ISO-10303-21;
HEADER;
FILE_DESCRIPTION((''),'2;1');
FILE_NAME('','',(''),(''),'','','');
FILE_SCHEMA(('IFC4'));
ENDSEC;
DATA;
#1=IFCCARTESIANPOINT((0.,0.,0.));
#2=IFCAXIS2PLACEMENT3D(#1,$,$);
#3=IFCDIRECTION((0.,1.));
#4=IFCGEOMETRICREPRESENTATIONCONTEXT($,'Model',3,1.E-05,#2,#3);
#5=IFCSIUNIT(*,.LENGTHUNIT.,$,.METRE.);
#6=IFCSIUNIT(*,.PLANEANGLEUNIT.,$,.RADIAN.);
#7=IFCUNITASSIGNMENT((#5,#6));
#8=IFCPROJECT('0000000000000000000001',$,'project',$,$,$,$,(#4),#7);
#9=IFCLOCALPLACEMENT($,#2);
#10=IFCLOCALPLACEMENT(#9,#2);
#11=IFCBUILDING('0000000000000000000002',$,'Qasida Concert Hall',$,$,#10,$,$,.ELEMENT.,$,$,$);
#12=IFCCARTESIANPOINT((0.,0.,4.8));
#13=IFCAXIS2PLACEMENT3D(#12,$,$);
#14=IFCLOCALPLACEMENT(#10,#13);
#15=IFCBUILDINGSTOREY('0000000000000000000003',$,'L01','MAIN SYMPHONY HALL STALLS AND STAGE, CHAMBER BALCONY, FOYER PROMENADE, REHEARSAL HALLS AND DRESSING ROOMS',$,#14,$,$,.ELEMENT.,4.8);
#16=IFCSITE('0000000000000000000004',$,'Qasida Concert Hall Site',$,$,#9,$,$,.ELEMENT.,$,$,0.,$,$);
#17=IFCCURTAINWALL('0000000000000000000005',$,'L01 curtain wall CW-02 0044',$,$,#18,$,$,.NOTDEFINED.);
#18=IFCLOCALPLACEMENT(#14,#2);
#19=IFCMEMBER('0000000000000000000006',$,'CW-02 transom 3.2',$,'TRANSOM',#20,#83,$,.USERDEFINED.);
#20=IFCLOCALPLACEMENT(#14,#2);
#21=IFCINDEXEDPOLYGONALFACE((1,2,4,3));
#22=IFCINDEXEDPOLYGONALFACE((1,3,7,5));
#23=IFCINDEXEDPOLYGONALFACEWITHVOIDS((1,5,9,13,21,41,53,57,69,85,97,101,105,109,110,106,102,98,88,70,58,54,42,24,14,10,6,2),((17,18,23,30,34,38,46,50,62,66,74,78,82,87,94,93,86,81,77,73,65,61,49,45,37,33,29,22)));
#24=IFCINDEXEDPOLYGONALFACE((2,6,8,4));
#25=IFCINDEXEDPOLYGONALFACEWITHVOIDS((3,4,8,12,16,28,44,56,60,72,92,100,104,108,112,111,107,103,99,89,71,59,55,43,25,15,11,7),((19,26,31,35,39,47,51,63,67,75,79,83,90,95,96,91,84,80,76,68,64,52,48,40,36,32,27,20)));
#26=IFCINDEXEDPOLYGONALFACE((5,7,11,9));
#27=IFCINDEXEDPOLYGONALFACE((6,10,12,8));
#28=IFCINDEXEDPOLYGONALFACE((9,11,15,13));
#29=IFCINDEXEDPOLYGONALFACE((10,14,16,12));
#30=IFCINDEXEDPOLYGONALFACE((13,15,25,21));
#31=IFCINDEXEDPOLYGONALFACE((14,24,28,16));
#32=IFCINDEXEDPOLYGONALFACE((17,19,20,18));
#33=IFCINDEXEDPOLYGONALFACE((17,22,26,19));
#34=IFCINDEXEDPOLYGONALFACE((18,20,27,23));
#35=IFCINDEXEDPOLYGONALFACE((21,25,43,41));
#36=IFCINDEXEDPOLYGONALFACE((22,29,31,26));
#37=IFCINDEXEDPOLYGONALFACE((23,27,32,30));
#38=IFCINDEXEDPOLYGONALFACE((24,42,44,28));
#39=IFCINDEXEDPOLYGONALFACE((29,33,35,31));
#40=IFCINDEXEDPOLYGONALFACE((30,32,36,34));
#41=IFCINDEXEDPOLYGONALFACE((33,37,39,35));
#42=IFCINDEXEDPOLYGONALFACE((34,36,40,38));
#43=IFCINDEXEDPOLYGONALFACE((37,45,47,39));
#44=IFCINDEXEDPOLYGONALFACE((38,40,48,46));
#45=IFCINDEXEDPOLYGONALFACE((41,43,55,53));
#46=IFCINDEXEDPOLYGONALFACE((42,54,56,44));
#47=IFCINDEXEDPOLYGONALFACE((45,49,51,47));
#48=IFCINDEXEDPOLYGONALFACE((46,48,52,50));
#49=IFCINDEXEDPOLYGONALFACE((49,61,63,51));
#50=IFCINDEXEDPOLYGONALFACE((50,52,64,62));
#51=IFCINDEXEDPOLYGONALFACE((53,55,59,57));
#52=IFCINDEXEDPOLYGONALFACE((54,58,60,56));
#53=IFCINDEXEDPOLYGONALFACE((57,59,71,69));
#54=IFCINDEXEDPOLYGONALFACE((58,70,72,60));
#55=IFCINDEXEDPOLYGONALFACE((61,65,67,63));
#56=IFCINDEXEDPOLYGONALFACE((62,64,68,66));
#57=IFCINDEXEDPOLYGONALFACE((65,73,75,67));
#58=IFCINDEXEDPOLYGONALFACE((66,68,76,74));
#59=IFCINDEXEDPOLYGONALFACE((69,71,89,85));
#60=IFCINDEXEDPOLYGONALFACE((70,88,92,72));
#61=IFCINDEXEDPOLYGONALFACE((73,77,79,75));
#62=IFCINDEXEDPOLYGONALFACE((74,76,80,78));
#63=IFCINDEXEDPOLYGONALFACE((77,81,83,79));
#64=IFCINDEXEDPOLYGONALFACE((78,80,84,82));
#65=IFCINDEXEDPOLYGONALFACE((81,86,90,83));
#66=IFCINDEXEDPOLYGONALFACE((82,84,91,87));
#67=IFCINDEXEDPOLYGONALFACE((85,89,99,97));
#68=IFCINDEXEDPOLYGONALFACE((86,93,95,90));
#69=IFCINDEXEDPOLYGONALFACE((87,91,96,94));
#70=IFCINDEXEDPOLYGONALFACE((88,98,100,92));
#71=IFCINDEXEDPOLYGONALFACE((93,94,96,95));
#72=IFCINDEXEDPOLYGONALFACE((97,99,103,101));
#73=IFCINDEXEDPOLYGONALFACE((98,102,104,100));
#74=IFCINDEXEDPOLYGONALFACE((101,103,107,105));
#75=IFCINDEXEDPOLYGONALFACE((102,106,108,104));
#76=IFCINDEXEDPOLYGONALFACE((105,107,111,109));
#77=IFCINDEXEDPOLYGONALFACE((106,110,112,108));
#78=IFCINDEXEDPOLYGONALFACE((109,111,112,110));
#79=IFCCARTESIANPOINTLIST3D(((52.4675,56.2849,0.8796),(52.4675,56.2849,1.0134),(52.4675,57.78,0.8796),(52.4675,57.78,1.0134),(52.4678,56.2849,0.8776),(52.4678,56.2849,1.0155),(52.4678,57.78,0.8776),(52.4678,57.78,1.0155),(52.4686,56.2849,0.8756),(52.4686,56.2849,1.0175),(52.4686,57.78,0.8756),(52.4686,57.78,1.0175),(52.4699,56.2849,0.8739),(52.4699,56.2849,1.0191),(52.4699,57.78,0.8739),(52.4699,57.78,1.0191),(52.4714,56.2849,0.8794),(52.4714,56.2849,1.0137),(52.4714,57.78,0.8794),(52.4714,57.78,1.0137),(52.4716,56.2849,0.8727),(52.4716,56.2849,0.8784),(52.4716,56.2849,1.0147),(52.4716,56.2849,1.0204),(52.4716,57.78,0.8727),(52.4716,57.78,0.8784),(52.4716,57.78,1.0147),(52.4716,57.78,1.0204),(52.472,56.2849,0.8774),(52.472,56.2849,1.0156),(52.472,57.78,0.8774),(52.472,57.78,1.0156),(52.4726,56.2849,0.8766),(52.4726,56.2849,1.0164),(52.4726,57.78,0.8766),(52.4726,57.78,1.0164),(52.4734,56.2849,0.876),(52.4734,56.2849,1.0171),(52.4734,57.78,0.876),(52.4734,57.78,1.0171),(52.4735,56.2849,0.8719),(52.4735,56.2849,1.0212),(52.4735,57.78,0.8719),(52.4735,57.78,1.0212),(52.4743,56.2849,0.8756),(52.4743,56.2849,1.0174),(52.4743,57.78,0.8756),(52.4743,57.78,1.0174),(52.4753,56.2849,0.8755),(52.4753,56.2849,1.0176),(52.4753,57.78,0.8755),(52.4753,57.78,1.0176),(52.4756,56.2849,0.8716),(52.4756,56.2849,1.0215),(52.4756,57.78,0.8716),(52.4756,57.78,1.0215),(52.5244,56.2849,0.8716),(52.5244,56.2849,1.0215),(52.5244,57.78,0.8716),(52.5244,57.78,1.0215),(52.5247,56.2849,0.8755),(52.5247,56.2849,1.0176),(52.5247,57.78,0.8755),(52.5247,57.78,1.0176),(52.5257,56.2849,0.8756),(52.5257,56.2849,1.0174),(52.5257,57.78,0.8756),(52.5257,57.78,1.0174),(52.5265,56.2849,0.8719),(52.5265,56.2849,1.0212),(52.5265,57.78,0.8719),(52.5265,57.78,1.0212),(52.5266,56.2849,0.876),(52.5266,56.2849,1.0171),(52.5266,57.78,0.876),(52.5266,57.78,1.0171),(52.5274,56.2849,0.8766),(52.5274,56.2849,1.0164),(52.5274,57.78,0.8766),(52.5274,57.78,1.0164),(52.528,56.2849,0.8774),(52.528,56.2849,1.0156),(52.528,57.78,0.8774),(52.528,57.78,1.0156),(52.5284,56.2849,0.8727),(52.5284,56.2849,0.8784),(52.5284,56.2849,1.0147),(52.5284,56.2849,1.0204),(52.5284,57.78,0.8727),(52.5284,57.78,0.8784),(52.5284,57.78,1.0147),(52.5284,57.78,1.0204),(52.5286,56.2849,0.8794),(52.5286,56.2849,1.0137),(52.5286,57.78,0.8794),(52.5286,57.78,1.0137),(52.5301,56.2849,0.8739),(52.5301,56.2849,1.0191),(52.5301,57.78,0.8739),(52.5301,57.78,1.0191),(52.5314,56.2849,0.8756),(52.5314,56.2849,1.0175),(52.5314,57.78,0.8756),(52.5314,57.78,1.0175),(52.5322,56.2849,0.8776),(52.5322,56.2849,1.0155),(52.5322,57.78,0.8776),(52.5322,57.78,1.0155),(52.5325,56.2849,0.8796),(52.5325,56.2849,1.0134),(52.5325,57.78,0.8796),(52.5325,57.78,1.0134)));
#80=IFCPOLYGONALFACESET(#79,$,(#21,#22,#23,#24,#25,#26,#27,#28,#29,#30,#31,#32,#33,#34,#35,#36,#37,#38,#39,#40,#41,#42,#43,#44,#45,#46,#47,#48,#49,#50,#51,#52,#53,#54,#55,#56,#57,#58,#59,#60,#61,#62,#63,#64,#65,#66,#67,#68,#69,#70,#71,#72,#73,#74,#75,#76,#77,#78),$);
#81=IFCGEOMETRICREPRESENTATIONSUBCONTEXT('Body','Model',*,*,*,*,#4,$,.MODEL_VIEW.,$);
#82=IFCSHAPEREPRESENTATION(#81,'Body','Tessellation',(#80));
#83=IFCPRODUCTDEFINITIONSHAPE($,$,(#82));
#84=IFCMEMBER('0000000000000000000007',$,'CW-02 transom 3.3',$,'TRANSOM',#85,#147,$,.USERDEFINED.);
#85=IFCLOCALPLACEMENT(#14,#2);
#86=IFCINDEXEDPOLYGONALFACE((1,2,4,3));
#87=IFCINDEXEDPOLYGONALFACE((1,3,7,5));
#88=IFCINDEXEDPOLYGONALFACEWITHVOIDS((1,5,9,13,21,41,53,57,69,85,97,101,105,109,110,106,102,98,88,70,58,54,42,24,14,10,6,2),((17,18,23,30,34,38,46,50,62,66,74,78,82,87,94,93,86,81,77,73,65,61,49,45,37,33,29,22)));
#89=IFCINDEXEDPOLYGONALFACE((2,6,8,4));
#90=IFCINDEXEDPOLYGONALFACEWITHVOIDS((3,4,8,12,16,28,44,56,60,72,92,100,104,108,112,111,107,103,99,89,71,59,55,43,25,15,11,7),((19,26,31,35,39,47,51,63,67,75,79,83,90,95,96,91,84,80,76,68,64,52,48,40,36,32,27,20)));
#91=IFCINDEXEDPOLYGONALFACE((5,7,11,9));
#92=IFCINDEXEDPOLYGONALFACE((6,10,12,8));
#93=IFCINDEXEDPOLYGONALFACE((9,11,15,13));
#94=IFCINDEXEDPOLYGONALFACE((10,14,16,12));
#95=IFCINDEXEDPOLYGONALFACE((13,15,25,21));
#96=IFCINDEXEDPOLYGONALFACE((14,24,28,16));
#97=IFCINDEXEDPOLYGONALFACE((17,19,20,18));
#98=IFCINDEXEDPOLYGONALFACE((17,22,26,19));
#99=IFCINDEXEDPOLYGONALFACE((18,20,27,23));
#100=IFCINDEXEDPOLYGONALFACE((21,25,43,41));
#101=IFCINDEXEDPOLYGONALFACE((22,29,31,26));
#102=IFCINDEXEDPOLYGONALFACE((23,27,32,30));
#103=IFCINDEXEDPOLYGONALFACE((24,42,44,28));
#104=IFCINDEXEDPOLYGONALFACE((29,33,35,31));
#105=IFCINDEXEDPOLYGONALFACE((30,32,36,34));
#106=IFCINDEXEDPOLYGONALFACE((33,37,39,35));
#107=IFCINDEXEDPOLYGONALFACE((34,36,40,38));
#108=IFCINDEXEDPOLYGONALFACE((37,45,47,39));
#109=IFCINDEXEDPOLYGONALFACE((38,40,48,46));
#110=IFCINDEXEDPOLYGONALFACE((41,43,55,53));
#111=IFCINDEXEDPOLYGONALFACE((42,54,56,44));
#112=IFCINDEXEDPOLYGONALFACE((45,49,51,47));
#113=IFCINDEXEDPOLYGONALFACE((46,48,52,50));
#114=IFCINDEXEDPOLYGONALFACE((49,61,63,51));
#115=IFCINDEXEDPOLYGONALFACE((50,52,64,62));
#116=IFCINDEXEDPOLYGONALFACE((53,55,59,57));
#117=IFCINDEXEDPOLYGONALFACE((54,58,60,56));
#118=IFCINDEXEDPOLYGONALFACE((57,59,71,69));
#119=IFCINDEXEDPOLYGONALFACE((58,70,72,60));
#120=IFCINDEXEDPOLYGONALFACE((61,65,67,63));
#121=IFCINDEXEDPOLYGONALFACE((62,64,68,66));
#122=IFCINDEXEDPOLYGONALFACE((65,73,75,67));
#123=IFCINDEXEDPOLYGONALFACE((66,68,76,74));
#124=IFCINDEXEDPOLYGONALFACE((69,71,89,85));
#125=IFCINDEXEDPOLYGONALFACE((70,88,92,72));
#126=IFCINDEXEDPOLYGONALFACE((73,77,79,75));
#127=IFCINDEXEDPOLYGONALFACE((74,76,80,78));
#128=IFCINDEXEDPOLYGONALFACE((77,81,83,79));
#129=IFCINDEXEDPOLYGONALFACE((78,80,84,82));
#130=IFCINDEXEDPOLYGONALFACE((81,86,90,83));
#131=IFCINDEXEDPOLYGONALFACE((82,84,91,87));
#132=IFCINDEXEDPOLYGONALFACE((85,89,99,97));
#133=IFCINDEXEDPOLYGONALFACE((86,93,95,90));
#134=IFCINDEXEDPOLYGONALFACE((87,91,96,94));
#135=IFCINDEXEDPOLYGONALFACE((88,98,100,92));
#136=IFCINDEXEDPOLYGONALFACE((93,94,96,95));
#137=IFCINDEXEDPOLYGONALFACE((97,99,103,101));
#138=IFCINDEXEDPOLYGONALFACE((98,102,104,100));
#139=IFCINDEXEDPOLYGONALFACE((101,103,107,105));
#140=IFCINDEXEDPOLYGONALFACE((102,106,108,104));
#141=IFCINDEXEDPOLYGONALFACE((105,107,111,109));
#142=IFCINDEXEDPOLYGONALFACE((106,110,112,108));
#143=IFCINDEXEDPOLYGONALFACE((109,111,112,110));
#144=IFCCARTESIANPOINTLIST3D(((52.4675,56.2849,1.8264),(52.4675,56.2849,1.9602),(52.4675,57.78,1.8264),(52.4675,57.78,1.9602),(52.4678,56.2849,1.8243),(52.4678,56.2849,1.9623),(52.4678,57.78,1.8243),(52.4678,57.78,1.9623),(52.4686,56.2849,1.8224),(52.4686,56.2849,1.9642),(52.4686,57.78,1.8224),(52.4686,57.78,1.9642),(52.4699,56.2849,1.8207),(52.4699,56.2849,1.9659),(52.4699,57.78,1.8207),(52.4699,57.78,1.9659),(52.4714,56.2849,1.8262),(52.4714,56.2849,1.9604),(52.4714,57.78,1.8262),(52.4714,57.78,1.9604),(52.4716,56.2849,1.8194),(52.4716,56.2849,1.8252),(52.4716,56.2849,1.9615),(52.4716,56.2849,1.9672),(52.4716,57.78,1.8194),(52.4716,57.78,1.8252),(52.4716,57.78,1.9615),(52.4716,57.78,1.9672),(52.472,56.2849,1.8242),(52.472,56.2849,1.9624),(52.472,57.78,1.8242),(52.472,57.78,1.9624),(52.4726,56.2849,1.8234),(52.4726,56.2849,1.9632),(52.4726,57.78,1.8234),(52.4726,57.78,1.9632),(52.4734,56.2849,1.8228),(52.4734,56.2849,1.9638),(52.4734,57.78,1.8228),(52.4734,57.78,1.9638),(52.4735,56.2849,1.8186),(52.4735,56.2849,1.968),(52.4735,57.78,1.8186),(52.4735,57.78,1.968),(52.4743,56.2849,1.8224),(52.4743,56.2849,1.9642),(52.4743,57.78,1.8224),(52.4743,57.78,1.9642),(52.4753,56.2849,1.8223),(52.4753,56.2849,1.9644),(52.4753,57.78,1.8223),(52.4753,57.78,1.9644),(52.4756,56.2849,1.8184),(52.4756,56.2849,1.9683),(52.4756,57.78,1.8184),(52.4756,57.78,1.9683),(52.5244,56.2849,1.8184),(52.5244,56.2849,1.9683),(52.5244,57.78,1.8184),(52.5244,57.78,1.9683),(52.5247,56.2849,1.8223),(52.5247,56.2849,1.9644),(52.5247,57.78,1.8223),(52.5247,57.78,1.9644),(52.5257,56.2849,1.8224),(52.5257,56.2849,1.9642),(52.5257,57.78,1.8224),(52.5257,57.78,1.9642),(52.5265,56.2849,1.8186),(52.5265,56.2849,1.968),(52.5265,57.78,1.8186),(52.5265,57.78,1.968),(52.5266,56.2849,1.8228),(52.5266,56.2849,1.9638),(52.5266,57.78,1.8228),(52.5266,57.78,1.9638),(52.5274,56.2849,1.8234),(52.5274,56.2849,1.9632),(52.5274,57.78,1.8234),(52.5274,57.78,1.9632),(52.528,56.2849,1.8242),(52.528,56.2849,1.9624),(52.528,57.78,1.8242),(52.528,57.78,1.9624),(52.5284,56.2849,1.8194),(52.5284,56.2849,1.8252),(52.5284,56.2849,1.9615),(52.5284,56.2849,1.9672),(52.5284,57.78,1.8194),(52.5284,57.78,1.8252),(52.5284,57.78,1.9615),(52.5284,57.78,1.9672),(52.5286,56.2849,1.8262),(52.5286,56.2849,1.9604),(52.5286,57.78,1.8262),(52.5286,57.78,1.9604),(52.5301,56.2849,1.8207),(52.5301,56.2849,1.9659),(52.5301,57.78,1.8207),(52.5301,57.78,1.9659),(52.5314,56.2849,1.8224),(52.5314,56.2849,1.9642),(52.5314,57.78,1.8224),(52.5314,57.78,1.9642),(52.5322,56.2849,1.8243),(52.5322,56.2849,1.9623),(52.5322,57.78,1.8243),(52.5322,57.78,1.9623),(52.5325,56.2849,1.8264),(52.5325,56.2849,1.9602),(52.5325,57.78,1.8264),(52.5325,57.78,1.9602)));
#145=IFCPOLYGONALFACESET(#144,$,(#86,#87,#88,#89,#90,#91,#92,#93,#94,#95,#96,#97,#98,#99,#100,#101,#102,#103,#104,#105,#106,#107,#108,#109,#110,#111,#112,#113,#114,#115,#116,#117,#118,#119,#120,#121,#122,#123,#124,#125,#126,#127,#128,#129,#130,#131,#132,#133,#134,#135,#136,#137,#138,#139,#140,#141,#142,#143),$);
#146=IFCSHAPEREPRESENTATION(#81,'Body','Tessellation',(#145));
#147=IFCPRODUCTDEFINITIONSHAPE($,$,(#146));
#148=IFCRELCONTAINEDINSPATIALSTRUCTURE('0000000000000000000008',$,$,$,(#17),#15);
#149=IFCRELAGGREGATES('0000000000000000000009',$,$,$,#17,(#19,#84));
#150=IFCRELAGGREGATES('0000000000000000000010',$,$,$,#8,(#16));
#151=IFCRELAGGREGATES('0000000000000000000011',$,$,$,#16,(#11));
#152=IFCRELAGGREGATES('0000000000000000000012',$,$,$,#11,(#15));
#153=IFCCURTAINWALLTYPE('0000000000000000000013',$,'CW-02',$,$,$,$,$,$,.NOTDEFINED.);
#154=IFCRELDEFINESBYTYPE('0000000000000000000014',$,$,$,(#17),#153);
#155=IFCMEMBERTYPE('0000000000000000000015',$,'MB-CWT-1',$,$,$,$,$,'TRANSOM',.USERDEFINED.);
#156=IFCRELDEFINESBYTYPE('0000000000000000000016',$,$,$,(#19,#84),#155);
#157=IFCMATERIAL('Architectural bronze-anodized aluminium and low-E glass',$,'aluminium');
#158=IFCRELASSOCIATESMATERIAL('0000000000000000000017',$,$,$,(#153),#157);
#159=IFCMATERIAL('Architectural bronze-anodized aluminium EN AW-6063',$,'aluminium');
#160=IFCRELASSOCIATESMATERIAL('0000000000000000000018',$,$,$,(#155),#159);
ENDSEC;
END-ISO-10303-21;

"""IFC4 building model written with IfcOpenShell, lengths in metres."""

from ifc_helpers import new_model, si_unit, direction, frame, origin, origin_2d, place, context, subcontext, project, spatial, hollow_rectangle, extrude, material, material_profile, profile_set, type_object, element, aggregate, save


model = new_model("IFC4")

# Units and contexts
model_context = context("Model", 3, precision=1e-05, world=origin(), true_north=direction((0.0, 1.0)))
body_context = subcontext(model_context, "Body", "Model", "MODEL_VIEW")
ifc_project = project(units=[si_unit("LENGTHUNIT", "METRE"), si_unit("PLANEANGLEUNIT", "RADIAN")], contexts=[model_context])

# Site, building, storey
site_placement = place(None, origin())
site = spatial("IfcSite", under=ifc_project, at=site_placement, Name="Qasida Concert Hall Site", CompositionType="ELEMENT", RefElevation=0.0)
building_placement = place(site_placement, origin())
building = spatial("IfcBuilding", under=site, at=building_placement, Name="Qasida Concert Hall", CompositionType="ELEMENT")
storey_placement = place(building_placement, frame((0.0, 0.0, 4.8)))
storey = spatial("IfcBuildingStorey", under=building, at=storey_placement, Name="L01", Description="MAIN SYMPHONY HALL STALLS AND STAGE, CHAMBER BALCONY, FOYER PROMENADE, REHEARSAL HALLS AND DRESSING ROOMS", CompositionType="ELEMENT", Elevation=4.8)

# Curtain wall, members
ifc_material_1 = material(Name="Architectural bronze-anodized aluminium and low-E glass", Category="aluminium")
curtain_wall_type = type_object("IfcCurtainWallType", Name="CW-02", PredefinedType="NOTDEFINED", material=ifc_material_1)
curtain_wall_placement = place(storey_placement, origin())
curtain_wall = element("IfcCurtainWall", 1, at=curtain_wall_placement, inside=storey, type_object=curtain_wall_type, Name="L01 curtain wall CW-02 0044", PredefinedType="NOTDEFINED")
ifc_material_2 = material(Name="Architectural bronze-anodized aluminium EN AW-6063", Category="aluminium")
ifc_material_profile_1 = material_profile(ifc_material_2, hollow_rectangle(XDim=0.0649, YDim=0.1499, WallThickness=0.0039, InnerFilletRadius=0.0039, OuterFilletRadius=0.0081, at=origin_2d()), Name="CWT 150x65x4")
ifc_profile_set_1 = profile_set([ifc_material_profile_1], Name="Architectural bronze-anodized aluminium EN AW-6063")
member_type_1 = type_object("IfcMemberType", Name="MB-CWT-1", ElementType="TRANSOM", PredefinedType="USERDEFINED", material=ifc_profile_set_1)
member_1_placement = place(storey_placement, frame((52.5, 56.2849, 0.9465), z_axis=(0.0, 1.0, 0.0), x_axis=(-1.0, 0.0, 0.0)))
member_1 = element("IfcMember", 2, at=member_1_placement, type_object=member_type_1, Name="CW-02 transom 3.2", ObjectType="TRANSOM", PredefinedType="USERDEFINED", context=body_context, shape_type="SweptSolid", body=[
    extrude(hollow_rectangle(XDim=0.0649, YDim=0.1499, WallThickness=0.0039, InnerFilletRadius=0.0039, OuterFilletRadius=0.0081, at=origin_2d()), origin(), (0.0, 0.0, 1.0), 1.4951),
])
member_2_placement = place(storey_placement, frame((52.5, 56.2849, 1.8933), z_axis=(0.0, 1.0, 0.0), x_axis=(-1.0, 0.0, 0.0)))
member_2 = element("IfcMember", 3, at=member_2_placement, type_object=member_type_1, Name="CW-02 transom 3.3", ObjectType="TRANSOM", PredefinedType="USERDEFINED", context=body_context, shape_type="SweptSolid", body=[
    extrude(hollow_rectangle(XDim=0.0649, YDim=0.1499, WallThickness=0.0039, InnerFilletRadius=0.0039, OuterFilletRadius=0.0081, at=origin_2d()), origin(), (0.0, 0.0, 1.0), 1.4951),
])
aggregate(curtain_wall, [member_1, member_2])

save(model, "model.ifc")
